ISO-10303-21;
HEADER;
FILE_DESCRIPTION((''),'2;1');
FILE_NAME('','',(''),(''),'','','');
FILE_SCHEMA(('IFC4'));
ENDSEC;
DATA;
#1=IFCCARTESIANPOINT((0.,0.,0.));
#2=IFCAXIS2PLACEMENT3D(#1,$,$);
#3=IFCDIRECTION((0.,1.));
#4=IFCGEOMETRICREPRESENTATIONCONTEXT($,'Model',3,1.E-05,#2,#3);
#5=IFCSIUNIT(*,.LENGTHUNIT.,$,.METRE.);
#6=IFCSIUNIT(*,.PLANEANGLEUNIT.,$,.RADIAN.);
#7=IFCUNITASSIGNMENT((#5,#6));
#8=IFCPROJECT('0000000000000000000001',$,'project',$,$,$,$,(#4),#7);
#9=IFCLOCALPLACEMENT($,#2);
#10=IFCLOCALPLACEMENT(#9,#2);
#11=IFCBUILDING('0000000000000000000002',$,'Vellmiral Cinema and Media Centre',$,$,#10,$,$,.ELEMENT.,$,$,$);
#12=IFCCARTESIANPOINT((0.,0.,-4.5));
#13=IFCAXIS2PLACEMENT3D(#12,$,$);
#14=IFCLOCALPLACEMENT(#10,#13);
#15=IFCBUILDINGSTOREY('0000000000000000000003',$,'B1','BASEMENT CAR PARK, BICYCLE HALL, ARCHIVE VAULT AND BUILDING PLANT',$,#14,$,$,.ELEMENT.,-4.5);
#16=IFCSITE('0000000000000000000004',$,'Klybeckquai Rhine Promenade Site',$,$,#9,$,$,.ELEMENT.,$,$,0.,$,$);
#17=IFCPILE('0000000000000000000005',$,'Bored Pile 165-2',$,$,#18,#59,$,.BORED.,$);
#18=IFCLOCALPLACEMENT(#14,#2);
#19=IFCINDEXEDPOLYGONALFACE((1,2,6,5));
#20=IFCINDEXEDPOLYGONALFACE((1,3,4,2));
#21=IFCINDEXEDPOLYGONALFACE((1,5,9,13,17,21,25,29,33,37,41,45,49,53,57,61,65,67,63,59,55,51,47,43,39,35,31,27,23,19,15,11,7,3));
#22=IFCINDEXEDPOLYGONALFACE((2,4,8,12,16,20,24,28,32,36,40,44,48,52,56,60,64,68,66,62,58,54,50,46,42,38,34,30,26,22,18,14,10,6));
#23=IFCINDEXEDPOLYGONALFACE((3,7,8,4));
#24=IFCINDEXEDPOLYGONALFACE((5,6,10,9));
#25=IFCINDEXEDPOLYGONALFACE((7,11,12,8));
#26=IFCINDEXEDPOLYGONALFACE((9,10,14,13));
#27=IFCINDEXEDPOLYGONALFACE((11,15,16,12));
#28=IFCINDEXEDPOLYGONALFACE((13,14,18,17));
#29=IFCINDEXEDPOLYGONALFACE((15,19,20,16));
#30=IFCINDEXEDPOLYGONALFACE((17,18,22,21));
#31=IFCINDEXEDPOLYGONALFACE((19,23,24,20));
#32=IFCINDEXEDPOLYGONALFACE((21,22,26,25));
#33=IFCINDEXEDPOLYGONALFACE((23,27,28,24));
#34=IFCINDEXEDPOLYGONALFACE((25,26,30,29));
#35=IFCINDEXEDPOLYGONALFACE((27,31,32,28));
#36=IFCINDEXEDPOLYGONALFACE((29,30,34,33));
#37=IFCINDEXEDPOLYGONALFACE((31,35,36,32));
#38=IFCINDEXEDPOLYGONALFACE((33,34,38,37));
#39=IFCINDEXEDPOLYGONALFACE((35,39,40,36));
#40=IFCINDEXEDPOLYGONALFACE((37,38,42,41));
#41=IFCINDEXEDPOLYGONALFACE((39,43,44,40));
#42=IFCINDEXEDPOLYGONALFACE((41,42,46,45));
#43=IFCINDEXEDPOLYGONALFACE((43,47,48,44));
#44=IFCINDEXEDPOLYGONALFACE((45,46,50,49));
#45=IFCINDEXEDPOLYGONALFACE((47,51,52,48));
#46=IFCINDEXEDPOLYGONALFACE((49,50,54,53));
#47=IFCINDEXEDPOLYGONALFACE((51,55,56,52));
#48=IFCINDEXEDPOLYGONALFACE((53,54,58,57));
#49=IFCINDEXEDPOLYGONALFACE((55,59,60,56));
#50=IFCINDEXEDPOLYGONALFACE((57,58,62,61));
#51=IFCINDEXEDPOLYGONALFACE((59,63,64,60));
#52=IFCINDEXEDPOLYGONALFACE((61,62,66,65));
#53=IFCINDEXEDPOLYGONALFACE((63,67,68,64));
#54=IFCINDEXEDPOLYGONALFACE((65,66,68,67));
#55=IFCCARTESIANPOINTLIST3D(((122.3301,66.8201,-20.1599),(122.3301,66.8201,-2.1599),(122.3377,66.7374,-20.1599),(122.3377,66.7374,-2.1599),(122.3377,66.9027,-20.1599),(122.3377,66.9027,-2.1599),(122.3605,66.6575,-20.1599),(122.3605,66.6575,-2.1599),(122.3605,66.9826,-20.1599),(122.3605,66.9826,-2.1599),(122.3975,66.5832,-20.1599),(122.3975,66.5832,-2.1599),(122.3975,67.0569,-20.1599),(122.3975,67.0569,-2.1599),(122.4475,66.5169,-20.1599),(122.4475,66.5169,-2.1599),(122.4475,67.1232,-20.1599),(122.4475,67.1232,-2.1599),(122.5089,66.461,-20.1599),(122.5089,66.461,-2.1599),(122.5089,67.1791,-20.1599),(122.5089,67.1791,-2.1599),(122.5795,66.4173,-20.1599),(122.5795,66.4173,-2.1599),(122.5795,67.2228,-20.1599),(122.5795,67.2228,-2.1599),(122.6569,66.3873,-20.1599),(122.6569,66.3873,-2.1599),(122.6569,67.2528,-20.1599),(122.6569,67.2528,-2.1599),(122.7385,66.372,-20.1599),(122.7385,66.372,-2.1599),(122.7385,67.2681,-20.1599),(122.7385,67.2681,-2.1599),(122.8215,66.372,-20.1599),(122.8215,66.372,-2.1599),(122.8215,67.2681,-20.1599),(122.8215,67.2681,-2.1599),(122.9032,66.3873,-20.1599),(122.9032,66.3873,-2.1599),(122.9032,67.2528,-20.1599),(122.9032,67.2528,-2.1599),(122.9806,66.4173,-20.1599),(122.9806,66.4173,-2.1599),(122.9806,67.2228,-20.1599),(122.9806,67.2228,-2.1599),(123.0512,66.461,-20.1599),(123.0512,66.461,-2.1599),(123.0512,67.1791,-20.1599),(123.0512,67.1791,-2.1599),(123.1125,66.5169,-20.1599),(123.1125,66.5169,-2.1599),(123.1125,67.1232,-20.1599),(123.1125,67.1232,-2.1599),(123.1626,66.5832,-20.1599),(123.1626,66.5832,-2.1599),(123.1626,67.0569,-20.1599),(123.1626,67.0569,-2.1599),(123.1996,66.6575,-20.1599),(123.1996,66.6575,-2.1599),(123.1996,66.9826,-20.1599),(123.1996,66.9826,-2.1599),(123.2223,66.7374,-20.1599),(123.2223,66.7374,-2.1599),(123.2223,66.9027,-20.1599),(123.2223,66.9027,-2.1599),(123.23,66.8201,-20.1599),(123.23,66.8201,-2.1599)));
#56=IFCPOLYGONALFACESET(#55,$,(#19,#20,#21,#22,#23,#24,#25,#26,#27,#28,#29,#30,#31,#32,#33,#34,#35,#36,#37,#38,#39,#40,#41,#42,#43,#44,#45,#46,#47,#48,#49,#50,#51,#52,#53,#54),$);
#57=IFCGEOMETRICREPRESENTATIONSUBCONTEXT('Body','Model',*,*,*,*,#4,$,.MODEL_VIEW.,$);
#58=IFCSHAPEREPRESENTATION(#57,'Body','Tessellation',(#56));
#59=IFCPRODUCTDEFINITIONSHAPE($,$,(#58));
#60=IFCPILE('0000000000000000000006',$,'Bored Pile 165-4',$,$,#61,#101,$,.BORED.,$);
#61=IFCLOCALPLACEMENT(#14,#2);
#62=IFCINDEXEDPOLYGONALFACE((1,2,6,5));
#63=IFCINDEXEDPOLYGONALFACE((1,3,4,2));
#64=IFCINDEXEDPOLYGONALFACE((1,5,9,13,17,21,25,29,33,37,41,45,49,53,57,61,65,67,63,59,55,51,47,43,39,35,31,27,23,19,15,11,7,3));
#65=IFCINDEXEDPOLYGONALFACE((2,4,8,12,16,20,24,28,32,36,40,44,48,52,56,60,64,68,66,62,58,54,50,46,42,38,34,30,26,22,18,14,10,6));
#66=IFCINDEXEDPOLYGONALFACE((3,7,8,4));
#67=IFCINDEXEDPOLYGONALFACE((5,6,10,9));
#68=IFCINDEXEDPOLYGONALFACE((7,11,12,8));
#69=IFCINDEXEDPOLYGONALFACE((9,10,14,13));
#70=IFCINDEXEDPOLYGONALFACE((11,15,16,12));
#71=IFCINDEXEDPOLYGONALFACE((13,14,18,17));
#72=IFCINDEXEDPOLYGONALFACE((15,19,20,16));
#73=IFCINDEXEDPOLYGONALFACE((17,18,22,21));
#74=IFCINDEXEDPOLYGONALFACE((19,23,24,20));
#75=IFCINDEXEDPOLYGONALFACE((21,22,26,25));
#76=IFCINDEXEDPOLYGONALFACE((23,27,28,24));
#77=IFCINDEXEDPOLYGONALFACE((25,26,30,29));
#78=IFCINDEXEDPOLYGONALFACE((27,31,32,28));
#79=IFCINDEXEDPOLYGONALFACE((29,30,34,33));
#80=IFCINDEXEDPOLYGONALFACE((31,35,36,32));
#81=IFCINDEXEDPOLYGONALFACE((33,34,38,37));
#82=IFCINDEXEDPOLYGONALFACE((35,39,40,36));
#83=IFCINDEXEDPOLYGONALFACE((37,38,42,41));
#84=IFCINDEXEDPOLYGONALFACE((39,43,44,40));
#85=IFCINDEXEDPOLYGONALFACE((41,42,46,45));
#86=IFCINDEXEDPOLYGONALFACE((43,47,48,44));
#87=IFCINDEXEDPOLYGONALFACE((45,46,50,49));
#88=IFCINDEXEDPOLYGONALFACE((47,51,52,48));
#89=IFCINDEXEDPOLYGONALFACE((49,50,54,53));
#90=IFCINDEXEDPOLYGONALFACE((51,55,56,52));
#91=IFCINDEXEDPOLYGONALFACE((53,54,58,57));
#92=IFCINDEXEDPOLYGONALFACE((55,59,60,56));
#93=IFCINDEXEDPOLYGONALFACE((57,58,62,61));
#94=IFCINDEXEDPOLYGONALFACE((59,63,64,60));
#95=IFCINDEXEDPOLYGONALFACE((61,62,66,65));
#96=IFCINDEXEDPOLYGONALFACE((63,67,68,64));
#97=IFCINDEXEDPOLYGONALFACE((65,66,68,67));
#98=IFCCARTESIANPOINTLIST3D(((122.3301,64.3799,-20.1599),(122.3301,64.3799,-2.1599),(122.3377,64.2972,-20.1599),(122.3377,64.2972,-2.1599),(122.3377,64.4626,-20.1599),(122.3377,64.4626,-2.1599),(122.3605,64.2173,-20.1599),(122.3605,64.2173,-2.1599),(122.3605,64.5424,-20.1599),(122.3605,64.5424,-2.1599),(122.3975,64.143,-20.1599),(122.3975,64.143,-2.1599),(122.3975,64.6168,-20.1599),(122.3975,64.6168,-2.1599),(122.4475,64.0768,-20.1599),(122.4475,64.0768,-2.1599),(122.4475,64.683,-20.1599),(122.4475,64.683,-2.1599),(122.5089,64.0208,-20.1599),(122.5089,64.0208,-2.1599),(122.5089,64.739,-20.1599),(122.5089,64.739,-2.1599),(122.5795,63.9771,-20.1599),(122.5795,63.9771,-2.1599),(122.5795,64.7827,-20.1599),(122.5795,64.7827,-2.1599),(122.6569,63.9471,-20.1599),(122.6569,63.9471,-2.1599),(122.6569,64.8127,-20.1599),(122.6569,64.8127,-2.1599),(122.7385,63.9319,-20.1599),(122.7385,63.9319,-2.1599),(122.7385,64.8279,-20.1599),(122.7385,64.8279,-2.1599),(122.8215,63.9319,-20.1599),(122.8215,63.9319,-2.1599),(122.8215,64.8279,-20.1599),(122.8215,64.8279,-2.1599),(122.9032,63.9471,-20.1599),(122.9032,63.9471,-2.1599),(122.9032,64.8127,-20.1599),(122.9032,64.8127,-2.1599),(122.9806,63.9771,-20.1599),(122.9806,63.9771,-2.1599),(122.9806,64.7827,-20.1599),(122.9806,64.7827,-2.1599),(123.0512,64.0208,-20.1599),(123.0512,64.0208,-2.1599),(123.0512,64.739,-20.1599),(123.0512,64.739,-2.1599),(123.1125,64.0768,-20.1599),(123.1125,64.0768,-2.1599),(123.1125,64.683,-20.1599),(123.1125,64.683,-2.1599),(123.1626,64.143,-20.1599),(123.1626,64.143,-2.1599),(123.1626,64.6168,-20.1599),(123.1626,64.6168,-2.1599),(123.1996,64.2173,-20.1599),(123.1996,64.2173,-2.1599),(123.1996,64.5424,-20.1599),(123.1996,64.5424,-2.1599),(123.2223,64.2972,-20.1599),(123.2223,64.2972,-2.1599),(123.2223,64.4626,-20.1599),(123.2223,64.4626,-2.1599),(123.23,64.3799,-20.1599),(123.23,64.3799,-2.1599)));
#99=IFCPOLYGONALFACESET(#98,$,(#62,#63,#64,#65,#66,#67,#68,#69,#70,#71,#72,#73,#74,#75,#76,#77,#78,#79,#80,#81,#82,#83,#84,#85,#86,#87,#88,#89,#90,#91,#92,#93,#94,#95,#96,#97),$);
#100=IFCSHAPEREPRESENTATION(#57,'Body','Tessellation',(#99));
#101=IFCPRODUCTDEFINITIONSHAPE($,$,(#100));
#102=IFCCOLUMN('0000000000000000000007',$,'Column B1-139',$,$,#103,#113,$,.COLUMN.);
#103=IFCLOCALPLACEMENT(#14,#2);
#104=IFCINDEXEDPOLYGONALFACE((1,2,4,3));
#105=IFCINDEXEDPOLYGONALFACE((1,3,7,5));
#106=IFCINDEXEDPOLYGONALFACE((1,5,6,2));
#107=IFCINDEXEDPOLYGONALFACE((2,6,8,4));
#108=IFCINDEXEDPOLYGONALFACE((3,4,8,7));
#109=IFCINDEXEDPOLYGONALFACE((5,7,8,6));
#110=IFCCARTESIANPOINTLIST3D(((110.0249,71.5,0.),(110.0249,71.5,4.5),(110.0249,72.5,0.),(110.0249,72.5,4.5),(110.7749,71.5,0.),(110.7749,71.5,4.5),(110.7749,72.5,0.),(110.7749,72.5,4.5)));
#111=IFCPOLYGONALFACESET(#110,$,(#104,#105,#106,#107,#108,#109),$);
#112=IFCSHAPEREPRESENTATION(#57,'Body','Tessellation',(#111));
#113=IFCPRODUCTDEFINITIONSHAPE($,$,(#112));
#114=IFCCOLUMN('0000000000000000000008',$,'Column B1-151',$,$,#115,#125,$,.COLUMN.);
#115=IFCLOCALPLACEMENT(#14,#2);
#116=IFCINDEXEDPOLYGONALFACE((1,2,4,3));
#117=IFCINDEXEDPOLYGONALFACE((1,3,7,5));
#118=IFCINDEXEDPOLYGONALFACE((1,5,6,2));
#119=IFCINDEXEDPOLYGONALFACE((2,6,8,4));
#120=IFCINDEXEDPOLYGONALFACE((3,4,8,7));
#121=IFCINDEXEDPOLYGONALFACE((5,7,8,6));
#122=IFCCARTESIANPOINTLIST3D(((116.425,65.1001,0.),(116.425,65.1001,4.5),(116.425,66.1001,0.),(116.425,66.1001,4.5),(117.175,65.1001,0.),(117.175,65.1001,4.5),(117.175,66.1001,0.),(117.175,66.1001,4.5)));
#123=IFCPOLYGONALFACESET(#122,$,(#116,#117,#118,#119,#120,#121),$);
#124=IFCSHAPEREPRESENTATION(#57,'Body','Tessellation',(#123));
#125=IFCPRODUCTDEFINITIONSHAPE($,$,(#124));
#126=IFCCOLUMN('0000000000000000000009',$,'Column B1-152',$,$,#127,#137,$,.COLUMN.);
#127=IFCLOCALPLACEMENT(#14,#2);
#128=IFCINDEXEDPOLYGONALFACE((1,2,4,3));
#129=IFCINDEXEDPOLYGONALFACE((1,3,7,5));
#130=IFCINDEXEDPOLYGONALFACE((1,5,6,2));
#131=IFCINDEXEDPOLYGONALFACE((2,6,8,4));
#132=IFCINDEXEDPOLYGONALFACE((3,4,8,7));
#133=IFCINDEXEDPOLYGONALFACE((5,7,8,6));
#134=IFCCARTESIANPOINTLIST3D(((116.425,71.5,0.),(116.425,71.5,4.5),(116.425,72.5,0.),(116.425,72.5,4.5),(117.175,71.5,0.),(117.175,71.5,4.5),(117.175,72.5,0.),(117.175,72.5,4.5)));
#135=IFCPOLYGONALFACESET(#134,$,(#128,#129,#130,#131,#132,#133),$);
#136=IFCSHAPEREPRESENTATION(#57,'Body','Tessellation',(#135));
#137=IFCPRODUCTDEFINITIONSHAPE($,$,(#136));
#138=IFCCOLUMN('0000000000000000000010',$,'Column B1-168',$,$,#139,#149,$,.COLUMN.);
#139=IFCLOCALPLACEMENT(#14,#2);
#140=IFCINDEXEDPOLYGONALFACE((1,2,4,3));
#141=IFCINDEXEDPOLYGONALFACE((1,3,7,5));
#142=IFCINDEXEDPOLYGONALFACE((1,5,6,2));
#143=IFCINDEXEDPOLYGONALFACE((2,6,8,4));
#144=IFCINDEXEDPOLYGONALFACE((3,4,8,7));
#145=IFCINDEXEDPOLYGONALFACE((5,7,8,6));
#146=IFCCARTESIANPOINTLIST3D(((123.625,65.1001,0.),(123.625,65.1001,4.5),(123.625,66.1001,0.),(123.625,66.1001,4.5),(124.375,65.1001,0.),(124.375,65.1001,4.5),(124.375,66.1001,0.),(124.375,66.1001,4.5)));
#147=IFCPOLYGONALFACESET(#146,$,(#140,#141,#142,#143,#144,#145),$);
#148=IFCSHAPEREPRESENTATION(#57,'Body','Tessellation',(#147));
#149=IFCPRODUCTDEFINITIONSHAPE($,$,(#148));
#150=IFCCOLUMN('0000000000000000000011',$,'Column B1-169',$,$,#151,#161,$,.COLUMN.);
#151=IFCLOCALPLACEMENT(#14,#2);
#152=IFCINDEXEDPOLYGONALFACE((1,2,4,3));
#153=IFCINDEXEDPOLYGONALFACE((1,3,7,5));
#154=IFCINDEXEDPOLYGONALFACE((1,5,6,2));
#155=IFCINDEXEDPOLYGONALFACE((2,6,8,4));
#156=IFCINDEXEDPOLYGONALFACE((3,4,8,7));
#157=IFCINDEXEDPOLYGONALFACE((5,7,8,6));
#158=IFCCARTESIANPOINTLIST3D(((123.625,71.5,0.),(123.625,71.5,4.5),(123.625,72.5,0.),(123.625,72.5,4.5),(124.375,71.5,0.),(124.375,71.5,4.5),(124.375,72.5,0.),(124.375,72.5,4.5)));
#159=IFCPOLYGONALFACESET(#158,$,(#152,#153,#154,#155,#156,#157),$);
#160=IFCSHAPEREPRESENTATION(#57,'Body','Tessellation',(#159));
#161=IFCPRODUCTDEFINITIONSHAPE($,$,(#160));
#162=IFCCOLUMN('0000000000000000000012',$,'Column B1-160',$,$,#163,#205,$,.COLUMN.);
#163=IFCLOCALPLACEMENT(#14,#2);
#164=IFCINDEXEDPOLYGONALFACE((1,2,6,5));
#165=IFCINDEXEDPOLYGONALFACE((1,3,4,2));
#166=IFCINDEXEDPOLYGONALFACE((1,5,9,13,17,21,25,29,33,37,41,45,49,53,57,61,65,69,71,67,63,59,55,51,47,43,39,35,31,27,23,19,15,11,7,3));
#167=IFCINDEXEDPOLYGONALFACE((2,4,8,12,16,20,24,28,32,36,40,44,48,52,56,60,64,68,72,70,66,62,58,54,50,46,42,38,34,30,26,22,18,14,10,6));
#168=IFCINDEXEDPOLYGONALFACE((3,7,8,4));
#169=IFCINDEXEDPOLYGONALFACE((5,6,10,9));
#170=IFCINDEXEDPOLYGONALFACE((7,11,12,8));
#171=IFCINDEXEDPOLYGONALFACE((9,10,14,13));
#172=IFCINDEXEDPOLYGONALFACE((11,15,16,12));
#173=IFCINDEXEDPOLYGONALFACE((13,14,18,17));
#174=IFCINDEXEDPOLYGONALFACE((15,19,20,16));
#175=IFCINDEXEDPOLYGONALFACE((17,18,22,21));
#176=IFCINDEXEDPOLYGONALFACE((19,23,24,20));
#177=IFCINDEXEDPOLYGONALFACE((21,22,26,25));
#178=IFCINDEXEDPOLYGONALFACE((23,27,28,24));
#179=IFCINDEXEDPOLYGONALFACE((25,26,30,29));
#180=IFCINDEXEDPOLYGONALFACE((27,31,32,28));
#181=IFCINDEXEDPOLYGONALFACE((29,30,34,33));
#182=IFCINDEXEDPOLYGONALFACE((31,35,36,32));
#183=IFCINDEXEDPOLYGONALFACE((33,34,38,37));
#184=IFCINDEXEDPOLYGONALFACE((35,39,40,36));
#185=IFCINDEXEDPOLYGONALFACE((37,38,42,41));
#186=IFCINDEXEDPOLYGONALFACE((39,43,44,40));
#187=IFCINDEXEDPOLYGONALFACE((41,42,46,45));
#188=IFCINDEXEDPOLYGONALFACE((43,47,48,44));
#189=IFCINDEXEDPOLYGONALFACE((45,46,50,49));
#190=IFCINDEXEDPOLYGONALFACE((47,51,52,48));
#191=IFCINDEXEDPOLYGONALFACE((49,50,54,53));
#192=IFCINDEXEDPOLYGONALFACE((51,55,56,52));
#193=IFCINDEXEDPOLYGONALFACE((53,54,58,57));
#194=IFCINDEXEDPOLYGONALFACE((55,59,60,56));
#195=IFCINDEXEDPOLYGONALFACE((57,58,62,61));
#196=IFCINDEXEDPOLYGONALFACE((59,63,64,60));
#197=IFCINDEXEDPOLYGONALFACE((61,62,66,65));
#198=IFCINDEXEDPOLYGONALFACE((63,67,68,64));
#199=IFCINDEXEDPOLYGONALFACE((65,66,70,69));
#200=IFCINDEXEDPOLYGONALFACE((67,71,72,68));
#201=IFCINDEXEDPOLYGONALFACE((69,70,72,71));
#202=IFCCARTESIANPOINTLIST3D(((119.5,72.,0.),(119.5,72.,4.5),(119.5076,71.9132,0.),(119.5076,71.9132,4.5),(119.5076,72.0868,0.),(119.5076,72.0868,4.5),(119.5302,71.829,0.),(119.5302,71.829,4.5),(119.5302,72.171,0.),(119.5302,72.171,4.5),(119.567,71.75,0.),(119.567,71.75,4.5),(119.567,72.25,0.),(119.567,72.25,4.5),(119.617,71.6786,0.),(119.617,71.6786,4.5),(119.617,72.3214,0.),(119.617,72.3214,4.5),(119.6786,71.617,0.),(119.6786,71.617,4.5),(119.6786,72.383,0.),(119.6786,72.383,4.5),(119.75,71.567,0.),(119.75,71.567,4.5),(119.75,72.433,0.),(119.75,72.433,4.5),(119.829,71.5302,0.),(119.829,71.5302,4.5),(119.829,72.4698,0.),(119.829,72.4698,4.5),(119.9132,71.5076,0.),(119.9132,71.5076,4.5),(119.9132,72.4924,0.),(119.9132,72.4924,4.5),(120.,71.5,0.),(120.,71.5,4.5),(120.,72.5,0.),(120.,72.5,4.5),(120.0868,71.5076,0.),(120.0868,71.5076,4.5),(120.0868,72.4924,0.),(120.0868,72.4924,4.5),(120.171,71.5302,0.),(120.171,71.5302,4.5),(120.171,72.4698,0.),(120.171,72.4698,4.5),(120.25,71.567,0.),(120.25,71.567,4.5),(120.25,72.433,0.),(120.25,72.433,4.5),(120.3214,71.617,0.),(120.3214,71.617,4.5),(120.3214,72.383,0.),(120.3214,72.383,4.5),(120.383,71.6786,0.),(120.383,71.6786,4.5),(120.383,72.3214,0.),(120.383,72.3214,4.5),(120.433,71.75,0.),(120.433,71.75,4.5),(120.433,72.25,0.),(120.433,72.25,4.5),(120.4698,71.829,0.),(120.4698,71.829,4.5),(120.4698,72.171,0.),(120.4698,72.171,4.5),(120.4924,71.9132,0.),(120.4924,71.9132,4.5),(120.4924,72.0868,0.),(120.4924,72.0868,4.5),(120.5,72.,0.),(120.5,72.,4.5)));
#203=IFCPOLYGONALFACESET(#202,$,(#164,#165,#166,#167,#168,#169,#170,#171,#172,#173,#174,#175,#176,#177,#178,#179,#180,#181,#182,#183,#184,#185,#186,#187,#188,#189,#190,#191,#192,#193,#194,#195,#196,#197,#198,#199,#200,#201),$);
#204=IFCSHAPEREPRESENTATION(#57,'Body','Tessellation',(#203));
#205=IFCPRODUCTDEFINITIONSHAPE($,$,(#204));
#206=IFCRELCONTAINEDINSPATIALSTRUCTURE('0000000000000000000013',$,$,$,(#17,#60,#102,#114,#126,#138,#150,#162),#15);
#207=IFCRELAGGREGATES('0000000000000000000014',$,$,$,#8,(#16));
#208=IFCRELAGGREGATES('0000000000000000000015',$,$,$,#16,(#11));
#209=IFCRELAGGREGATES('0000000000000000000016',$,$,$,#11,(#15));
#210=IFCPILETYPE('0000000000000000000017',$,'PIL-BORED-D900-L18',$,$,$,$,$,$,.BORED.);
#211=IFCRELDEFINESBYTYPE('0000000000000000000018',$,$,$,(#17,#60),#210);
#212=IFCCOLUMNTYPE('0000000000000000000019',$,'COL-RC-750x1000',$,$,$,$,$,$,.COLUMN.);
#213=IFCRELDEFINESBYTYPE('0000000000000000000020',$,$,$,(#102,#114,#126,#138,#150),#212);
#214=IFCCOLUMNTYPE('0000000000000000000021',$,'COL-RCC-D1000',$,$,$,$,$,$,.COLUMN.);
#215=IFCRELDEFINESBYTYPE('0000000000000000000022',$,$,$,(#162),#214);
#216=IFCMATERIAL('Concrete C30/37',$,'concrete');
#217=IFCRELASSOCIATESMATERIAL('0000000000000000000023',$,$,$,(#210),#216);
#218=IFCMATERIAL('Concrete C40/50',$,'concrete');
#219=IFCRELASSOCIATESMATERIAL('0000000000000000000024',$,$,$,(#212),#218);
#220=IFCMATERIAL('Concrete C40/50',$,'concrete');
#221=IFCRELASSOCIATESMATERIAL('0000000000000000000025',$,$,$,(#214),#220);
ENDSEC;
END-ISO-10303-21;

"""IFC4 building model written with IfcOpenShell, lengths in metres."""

from ifc_helpers import new_model, si_unit, direction, frame, origin, origin_2d, place, context, subcontext, project, spatial, rectangle, circle, extrude, material, material_profile, profile_set, type_object, element, save


model = new_model("IFC4")

# Units and contexts
model_context = context("Model", 3, precision=1e-05, world=origin(), true_north=direction((0.0, 1.0)))
body_context = subcontext(model_context, "Body", "Model", "MODEL_VIEW")
ifc_project = project(units=[si_unit("LENGTHUNIT", "METRE"), si_unit("PLANEANGLEUNIT", "RADIAN")], contexts=[model_context])

# Site, building, storey
site_placement = place(None, origin())
site = spatial("IfcSite", under=ifc_project, at=site_placement, Name="Klybeckquai Rhine Promenade Site", CompositionType="ELEMENT", RefElevation=0.0)
building_placement = place(site_placement, origin())
building = spatial("IfcBuilding", under=site, at=building_placement, Name="Vellmiral Cinema and Media Centre", CompositionType="ELEMENT")
storey_placement = place(building_placement, frame((0.0, 0.0, -4.5)))
storey = spatial("IfcBuildingStorey", under=building, at=storey_placement, Name="B1", Description="BASEMENT CAR PARK, BICYCLE HALL, ARCHIVE VAULT AND BUILDING PLANT", CompositionType="ELEMENT", Elevation=-4.5)

# Piles
ifc_material_1 = material(Name="Concrete C30/37", Category="concrete")
ifc_material_profile_1 = material_profile(ifc_material_1, circle(Radius=0.45, at=origin_2d()), Name="PILE D900")
ifc_profile_set_1 = profile_set([ifc_material_profile_1], Name="Concrete C30/37")
pile_type_1 = type_object("IfcPileType", Name="PIL-BORED-D900-L18", PredefinedType="BORED", material=ifc_profile_set_1)
for number, where, z_axis, x_axis, name in (
    (1, (122.78, 66.8201, -2.1599), (0.0, 0.0, -1.0), (1.0, 0.0, 0.0), "Bored Pile 165-2"),
    (2, (122.78, 64.3799, -2.1599), (0.0, 0.0, -1.0), (1.0, 0.0, 0.0), "Bored Pile 165-4"),
):
    element("IfcPile", number, at=place(storey_placement, frame(where, z_axis=z_axis, x_axis=x_axis)), inside=storey, type_object=pile_type_1, Name=name, PredefinedType="BORED", context=body_context, shape_type="SweptSolid", body=[
        extrude(circle(Radius=0.45, at=origin_2d()), origin(), (0.0, 0.0, 1.0), 18.0),
    ])

# Columns
ifc_material_2 = material(Name="Concrete C40/50", Category="concrete")
ifc_material_profile_2 = material_profile(ifc_material_2, rectangle(XDim=0.75, YDim=1.0, at=origin_2d()), Name="RC 750x1000")
ifc_profile_set_2 = profile_set([ifc_material_profile_2], Name="Concrete C40/50")
column_type_1 = type_object("IfcColumnType", Name="COL-RC-750x1000", PredefinedType="COLUMN", material=ifc_profile_set_2)
for number, where, z_axis, x_axis, name in (
    (3, (110.3999, 72.0, 0.0), (0.0, 0.0, 1.0), (1.0, 0.0, 0.0), "Column B1-139"),
    (4, (116.8, 65.6001, 0.0), (0.0, 0.0, 1.0), (1.0, 0.0, 0.0), "Column B1-151"),
    (5, (116.8, 72.0, 0.0), (0.0, 0.0, 1.0), (1.0, 0.0, 0.0), "Column B1-152"),
    (6, (124.0, 65.6001, 0.0), (0.0, 0.0, 1.0), (1.0, 0.0, 0.0), "Column B1-168"),
    (7, (124.0, 72.0, 0.0), (0.0, 0.0, 1.0), (1.0, 0.0, 0.0), "Column B1-169"),
):
    element("IfcColumn", number, at=place(storey_placement, frame(where, z_axis=z_axis, x_axis=x_axis)), inside=storey, type_object=column_type_1, Name=name, PredefinedType="COLUMN", context=body_context, shape_type="SweptSolid", body=[
        extrude(rectangle(XDim=0.75, YDim=1.0, at=origin_2d()), origin(), (0.0, 0.0, 1.0), 4.5),
    ])
ifc_material_3 = material(Name="Concrete C40/50", Category="concrete")
ifc_material_profile_3 = material_profile(ifc_material_3, circle(Radius=0.5, at=origin_2d()), Name="RC D1000")
ifc_profile_set_3 = profile_set([ifc_material_profile_3], Name="Concrete C40/50")
column_type_2 = type_object("IfcColumnType", Name="COL-RCC-D1000", PredefinedType="COLUMN", material=ifc_profile_set_3)
column_placement = place(storey_placement, frame((120.0, 72.0, 0.0), z_axis=(0.0, 0.0, 1.0), x_axis=(1.0, 0.0, 0.0)))
element("IfcColumn", 8, at=column_placement, inside=storey, type_object=column_type_2, Name="Column B1-160", PredefinedType="COLUMN", context=body_context, shape_type="SweptSolid", body=[
    extrude(circle(Radius=0.5, at=origin_2d()), origin(), (0.0, 0.0, 1.0), 4.5),
])

save(model, "model.ifc")
